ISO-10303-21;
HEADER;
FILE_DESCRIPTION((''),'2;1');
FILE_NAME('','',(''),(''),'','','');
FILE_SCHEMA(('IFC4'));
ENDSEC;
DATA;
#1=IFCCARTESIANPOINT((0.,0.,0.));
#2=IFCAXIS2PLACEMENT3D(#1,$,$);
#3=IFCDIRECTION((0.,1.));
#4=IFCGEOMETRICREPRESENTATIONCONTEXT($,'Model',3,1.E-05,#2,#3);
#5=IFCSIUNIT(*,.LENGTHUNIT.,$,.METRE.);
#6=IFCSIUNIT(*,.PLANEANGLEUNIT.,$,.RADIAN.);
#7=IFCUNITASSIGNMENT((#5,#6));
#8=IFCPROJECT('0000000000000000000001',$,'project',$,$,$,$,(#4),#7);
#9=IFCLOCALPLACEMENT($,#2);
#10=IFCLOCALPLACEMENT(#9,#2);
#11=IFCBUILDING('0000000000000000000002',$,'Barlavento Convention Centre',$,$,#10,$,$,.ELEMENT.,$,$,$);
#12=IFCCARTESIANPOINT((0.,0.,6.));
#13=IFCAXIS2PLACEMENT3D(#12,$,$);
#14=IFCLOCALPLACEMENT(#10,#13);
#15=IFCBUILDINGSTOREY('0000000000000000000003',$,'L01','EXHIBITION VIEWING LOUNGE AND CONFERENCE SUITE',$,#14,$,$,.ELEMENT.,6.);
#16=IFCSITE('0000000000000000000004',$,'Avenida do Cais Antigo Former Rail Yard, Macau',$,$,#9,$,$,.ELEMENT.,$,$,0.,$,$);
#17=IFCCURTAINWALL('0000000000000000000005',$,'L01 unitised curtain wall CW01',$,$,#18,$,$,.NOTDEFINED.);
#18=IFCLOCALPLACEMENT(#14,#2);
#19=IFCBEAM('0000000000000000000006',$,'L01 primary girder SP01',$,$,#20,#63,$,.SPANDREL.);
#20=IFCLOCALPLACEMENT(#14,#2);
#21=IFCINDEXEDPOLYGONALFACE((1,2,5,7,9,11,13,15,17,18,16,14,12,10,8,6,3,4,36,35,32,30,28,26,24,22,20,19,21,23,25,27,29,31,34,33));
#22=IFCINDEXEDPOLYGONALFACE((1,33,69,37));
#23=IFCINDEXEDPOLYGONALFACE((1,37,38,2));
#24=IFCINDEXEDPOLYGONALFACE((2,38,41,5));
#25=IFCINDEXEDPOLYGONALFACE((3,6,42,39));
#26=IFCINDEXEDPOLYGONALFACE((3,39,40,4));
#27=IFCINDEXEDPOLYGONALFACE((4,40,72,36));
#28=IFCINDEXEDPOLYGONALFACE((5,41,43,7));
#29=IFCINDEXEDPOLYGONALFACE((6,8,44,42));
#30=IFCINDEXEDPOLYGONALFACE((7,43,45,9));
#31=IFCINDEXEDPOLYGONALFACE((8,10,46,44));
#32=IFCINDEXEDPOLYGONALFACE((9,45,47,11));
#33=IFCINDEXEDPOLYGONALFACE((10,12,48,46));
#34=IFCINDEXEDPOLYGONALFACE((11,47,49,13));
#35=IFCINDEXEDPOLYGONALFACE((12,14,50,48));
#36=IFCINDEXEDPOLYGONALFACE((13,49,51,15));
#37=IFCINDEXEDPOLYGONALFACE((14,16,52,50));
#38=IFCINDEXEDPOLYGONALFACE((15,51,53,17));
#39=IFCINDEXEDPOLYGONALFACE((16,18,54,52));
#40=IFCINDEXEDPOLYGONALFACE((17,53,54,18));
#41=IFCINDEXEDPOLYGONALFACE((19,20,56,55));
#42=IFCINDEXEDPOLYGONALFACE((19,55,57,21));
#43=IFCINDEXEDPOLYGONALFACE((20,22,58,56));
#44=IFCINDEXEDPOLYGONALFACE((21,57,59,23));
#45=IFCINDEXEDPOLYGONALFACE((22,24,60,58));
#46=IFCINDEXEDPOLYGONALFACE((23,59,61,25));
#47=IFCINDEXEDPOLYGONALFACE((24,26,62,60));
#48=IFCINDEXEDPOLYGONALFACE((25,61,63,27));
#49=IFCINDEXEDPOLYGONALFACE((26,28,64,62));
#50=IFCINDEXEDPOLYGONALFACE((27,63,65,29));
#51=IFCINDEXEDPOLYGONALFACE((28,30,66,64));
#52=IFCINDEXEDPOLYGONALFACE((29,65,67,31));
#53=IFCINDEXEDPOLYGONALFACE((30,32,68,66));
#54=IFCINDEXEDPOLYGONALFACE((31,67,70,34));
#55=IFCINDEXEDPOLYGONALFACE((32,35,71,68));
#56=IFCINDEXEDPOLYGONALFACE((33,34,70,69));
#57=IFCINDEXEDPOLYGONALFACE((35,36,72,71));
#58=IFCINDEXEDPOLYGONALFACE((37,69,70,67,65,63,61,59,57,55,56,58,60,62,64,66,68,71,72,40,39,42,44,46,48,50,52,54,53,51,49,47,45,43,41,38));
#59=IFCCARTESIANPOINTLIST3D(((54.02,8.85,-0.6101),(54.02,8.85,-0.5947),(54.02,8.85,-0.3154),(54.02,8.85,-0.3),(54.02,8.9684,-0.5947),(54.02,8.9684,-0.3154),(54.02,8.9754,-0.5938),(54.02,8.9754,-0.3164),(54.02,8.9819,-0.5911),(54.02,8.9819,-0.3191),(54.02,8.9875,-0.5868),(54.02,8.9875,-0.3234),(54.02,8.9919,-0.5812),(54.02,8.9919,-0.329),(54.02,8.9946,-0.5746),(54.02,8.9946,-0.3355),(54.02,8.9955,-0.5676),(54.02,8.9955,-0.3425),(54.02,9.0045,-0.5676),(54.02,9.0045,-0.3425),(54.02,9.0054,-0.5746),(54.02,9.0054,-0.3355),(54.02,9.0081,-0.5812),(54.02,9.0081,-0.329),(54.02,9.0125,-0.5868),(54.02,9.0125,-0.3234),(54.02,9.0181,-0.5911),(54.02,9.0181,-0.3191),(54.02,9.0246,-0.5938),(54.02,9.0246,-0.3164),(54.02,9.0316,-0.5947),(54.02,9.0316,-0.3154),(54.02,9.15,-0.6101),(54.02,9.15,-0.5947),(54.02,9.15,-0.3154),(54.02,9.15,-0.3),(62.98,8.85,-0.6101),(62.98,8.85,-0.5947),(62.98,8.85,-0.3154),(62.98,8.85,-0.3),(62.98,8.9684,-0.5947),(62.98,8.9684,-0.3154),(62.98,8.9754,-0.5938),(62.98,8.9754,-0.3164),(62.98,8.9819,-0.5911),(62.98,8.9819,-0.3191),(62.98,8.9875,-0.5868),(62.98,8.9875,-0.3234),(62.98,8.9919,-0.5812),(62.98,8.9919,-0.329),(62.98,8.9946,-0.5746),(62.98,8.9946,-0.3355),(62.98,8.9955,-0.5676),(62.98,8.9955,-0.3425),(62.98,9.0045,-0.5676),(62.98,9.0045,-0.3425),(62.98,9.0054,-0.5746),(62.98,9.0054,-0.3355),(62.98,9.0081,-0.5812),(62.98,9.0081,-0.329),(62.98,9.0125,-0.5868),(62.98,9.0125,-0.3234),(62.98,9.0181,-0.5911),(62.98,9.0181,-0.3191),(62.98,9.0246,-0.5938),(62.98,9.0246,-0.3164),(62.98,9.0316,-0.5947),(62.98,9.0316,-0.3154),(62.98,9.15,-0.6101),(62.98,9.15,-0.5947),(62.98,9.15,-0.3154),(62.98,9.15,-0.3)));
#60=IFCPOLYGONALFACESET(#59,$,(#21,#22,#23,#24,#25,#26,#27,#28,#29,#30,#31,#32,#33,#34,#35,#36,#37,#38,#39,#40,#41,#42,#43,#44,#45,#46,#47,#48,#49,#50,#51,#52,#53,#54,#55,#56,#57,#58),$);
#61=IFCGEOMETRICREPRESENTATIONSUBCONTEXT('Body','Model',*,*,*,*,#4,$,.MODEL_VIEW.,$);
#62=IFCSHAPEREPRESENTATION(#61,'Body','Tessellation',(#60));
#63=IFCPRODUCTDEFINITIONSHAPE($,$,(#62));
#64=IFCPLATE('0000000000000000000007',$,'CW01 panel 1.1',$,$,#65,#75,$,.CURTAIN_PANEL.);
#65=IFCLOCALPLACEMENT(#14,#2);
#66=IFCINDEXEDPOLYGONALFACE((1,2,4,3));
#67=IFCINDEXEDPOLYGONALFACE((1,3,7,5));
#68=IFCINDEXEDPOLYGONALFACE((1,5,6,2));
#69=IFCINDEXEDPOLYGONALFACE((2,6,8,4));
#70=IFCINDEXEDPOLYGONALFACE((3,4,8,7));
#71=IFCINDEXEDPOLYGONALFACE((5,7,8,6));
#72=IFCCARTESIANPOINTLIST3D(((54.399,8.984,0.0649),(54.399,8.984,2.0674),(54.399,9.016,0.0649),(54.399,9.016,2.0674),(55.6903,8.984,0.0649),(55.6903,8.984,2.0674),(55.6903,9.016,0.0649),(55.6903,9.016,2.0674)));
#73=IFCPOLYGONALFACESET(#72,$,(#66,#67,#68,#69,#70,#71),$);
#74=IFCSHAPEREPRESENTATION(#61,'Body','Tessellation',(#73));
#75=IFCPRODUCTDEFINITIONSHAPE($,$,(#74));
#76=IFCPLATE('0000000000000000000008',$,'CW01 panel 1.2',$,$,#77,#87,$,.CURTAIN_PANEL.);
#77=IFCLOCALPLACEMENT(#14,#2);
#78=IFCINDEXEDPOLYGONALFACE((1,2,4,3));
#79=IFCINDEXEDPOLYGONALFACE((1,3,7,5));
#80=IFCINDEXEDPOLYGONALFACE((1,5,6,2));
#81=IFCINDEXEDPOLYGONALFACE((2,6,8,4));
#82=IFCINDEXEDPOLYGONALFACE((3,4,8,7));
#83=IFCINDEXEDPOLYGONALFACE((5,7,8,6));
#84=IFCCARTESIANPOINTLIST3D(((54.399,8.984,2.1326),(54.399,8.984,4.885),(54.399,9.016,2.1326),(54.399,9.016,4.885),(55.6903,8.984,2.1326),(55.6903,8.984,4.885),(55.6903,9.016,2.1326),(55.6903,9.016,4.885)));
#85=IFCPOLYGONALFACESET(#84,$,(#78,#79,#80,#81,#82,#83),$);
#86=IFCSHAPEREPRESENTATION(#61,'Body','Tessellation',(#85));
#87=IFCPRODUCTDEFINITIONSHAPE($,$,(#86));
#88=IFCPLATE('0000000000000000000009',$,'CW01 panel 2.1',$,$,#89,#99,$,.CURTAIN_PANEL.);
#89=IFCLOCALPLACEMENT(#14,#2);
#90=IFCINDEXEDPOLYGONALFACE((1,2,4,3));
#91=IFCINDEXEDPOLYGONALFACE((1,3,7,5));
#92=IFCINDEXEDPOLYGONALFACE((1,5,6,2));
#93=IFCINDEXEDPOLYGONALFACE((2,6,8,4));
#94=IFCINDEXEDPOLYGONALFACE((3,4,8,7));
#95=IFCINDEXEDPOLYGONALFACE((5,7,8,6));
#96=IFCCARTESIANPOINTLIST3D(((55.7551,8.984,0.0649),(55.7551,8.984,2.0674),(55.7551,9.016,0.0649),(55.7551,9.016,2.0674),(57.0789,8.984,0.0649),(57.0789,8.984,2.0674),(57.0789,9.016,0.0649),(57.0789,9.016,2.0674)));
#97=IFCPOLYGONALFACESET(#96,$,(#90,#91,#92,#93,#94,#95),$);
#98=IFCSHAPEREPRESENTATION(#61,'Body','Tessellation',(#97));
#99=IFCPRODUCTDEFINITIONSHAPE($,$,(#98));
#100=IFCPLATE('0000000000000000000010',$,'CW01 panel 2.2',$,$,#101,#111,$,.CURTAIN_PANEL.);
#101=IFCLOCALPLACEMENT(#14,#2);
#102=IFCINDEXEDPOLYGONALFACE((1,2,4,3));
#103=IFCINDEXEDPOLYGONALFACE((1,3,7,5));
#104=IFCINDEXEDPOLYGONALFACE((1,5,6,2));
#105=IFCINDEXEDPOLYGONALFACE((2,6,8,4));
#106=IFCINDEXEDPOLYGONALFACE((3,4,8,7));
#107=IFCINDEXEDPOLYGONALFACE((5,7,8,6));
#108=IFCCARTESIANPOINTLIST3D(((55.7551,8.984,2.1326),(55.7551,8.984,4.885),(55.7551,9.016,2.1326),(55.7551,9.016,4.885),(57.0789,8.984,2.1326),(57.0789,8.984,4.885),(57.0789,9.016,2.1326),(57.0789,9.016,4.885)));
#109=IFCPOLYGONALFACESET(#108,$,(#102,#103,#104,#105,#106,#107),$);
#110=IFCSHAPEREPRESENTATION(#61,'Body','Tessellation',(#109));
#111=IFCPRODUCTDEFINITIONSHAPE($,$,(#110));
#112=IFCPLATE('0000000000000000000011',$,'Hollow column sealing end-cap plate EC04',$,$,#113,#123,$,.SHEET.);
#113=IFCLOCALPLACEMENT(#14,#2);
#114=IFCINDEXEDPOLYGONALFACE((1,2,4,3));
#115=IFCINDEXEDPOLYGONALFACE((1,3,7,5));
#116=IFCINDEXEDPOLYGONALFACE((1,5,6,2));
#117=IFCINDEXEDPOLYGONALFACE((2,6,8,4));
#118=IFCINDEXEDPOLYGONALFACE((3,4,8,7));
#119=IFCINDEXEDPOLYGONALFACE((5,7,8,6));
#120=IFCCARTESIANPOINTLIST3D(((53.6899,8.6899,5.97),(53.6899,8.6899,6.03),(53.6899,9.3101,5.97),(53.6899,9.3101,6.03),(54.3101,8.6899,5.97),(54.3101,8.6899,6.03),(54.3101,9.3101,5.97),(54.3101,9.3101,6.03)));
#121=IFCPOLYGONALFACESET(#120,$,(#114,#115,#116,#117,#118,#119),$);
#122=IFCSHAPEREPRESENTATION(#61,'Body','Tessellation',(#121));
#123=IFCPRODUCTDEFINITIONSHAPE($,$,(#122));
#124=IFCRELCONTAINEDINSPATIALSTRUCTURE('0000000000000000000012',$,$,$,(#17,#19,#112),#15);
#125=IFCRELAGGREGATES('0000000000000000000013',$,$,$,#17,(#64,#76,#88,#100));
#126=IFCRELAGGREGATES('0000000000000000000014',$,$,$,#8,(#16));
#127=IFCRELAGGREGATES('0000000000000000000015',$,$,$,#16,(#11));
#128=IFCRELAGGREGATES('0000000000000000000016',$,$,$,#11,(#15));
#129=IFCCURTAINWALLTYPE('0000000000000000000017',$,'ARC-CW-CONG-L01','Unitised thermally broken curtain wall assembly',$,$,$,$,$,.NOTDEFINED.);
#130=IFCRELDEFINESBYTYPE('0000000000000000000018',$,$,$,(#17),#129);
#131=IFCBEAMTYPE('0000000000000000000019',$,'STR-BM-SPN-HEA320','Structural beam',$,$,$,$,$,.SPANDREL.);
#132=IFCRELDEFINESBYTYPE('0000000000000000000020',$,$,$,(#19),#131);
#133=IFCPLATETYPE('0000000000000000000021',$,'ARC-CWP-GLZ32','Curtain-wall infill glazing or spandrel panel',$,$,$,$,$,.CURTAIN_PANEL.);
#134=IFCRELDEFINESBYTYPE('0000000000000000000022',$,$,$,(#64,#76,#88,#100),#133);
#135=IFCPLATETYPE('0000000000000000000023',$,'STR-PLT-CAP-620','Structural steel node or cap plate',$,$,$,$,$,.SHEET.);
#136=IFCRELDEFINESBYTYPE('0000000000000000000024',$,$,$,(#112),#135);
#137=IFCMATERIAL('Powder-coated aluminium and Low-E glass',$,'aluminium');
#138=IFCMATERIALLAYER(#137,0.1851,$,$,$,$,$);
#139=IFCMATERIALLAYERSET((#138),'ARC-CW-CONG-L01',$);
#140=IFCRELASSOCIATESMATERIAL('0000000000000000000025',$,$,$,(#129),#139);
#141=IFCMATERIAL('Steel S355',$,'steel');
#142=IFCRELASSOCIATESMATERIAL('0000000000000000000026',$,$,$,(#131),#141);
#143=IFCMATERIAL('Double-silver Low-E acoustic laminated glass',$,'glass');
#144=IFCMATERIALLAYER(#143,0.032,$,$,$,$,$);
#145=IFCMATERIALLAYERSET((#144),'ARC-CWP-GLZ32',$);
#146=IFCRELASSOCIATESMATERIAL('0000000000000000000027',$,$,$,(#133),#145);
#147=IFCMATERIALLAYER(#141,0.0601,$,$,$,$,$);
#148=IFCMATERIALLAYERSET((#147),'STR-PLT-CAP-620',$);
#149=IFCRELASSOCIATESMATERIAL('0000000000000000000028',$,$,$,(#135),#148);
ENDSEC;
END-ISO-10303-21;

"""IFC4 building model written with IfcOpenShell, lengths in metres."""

from ifc_helpers import new_model, si_unit, direction, frame, origin, origin_2d, place, context, subcontext, project, spatial, rectangle, i_section, extrude, material, layer, layer_set, material_profile, profile_set, type_object, element, aggregate, save


model = new_model("IFC4")

# Units and contexts
model_context = context("Model", 3, precision=1e-05, world=origin(), true_north=direction((0.0, 1.0)))
body_context = subcontext(model_context, "Body", "Model", "MODEL_VIEW")
ifc_project = project(units=[si_unit("LENGTHUNIT", "METRE"), si_unit("PLANEANGLEUNIT", "RADIAN")], contexts=[model_context])

# Site, building, storey
site_placement = place(None, origin())
site = spatial("IfcSite", under=ifc_project, at=site_placement, Name="Avenida do Cais Antigo Former Rail Yard, Macau", CompositionType="ELEMENT", RefElevation=0.0)
building_placement = place(site_placement, origin())
building = spatial("IfcBuilding", under=site, at=building_placement, Name="Barlavento Convention Centre", CompositionType="ELEMENT")
storey_placement = place(building_placement, frame((0.0, 0.0, 6.0)))
storey = spatial("IfcBuildingStorey", under=building, at=storey_placement, Name="L01", Description="EXHIBITION VIEWING LOUNGE AND CONFERENCE SUITE", CompositionType="ELEMENT", Elevation=6.0)

# Shared definitions
ifc_material_1 = material(Name="Powder-coated aluminium and Low-E glass", Category="aluminium")
ifc_layer_1 = layer(ifc_material_1, 0.1851)
ifc_layer_set_1 = layer_set([ifc_layer_1], Name="ARC-CW-CONG-L01")
curtain_wall_type = type_object("IfcCurtainWallType", Name="ARC-CW-CONG-L01", Description="Unitised thermally broken curtain wall assembly", PredefinedType="NOTDEFINED", material=ifc_layer_set_1)

# Curtain wall
curtain_wall_1_placement = place(storey_placement, origin())
curtain_wall_1 = element("IfcCurtainWall", 1, at=curtain_wall_1_placement, inside=storey, type_object=curtain_wall_type, Name="L01 unitised curtain wall CW01", PredefinedType="NOTDEFINED")

# Beam
ifc_material_2 = material(Name="Steel S355", Category="steel")
ifc_material_profile_1 = material_profile(ifc_material_2, i_section(OverallWidth=0.3, OverallDepth=0.3101, WebThickness=0.009, FlangeThickness=0.0154, FilletRadius=0.0271, at=origin_2d()), Name="HEA 320")
ifc_profile_set_1 = profile_set([ifc_material_profile_1], Name="Steel S355")
beam_type_1 = type_object("IfcBeamType", Name="STR-BM-SPN-HEA320", Description="Structural beam", PredefinedType="SPANDREL", material=ifc_profile_set_1)
beam_1_placement = place(storey_placement, frame((54.02, 9.0, -0.4551), z_axis=(1.0, 0.0, 0.0), x_axis=(0.0, 1.0, 0.0)))
element("IfcBeam", 2, at=beam_1_placement, inside=storey, type_object=beam_type_1, Name="L01 primary girder SP01", PredefinedType="SPANDREL", context=body_context, shape_type="SweptSolid", body=[
    extrude(i_section(OverallWidth=0.3, OverallDepth=0.3101, WebThickness=0.009, FlangeThickness=0.0154, FilletRadius=0.0271, at=origin_2d()), origin(), (0.0, 0.0, 1.0), 8.96),
])

# Plates
ifc_material_3 = material(Name="Double-silver Low-E acoustic laminated glass", Category="glass")
ifc_layer_2 = layer(ifc_material_3, 0.032)
ifc_layer_set_2 = layer_set([ifc_layer_2], Name="ARC-CWP-GLZ32")
plate_type_1 = type_object("IfcPlateType", Name="ARC-CWP-GLZ32", Description="Curtain-wall infill glazing or spandrel panel", PredefinedType="CURTAIN_PANEL", material=ifc_layer_set_2)
plate_1_placement = place(storey_placement, frame((55.0447, 9.0, 0.0649), z_axis=(0.0, 0.0, 1.0), x_axis=(1.0, 0.0, 0.0)))
plate_1 = element("IfcPlate", 3, at=plate_1_placement, type_object=plate_type_1, Name="CW01 panel 1.1", PredefinedType="CURTAIN_PANEL", context=body_context, shape_type="SweptSolid", body=[
    extrude(rectangle(XDim=1.2913, YDim=0.032, at=origin_2d()), origin(), (0.0, 0.0, 1.0), 2.0024),
])
plate_2_placement = place(storey_placement, frame((55.0447, 9.0, 2.1326), z_axis=(0.0, 0.0, 1.0), x_axis=(1.0, 0.0, 0.0)))
plate_2 = element("IfcPlate", 4, at=plate_2_placement, type_object=plate_type_1, Name="CW01 panel 1.2", PredefinedType="CURTAIN_PANEL", context=body_context, shape_type="SweptSolid", body=[
    extrude(rectangle(XDim=1.2913, YDim=0.032, at=origin_2d()), origin(), (0.0, 0.0, 1.0), 2.7524),
])
plate_3_placement = place(storey_placement, frame((56.417, 9.0, 0.0649), z_axis=(0.0, 0.0, 1.0), x_axis=(1.0, 0.0, 0.0)))
plate_3 = element("IfcPlate", 5, at=plate_3_placement, type_object=plate_type_1, Name="CW01 panel 2.1", PredefinedType="CURTAIN_PANEL", context=body_context, shape_type="SweptSolid", body=[
    extrude(rectangle(XDim=1.3237, YDim=0.032, at=origin_2d()), origin(), (0.0, 0.0, 1.0), 2.0024),
])
plate_4_placement = place(storey_placement, frame((56.417, 9.0, 2.1326), z_axis=(0.0, 0.0, 1.0), x_axis=(1.0, 0.0, 0.0)))
plate_4 = element("IfcPlate", 6, at=plate_4_placement, type_object=plate_type_1, Name="CW01 panel 2.2", PredefinedType="CURTAIN_PANEL", context=body_context, shape_type="SweptSolid", body=[
    extrude(rectangle(XDim=1.3237, YDim=0.032, at=origin_2d()), origin(), (0.0, 0.0, 1.0), 2.7524),
])
aggregate(curtain_wall_1, [plate_1, plate_2, plate_3, plate_4])
ifc_layer_3 = layer(ifc_material_2, 0.0601)
ifc_layer_set_3 = layer_set([ifc_layer_3], Name="STR-PLT-CAP-620")
plate_type_2 = type_object("IfcPlateType", Name="STR-PLT-CAP-620", Description="Structural steel node or cap plate", PredefinedType="SHEET", material=ifc_layer_set_3)
plate_5_placement = place(storey_placement, frame((54.0, 9.0, 5.97), z_axis=(0.0, 0.0, 1.0), x_axis=(1.0, 0.0, 0.0)))
element("IfcPlate", 7, at=plate_5_placement, inside=storey, type_object=plate_type_2, Name="Hollow column sealing end-cap plate EC04", PredefinedType="SHEET", context=body_context, shape_type="SweptSolid", body=[
    extrude(rectangle(XDim=0.6201, YDim=0.6201, at=origin_2d()), origin(), (0.0, 0.0, 1.0), 0.0601),
])

save(model, "model.ifc")
